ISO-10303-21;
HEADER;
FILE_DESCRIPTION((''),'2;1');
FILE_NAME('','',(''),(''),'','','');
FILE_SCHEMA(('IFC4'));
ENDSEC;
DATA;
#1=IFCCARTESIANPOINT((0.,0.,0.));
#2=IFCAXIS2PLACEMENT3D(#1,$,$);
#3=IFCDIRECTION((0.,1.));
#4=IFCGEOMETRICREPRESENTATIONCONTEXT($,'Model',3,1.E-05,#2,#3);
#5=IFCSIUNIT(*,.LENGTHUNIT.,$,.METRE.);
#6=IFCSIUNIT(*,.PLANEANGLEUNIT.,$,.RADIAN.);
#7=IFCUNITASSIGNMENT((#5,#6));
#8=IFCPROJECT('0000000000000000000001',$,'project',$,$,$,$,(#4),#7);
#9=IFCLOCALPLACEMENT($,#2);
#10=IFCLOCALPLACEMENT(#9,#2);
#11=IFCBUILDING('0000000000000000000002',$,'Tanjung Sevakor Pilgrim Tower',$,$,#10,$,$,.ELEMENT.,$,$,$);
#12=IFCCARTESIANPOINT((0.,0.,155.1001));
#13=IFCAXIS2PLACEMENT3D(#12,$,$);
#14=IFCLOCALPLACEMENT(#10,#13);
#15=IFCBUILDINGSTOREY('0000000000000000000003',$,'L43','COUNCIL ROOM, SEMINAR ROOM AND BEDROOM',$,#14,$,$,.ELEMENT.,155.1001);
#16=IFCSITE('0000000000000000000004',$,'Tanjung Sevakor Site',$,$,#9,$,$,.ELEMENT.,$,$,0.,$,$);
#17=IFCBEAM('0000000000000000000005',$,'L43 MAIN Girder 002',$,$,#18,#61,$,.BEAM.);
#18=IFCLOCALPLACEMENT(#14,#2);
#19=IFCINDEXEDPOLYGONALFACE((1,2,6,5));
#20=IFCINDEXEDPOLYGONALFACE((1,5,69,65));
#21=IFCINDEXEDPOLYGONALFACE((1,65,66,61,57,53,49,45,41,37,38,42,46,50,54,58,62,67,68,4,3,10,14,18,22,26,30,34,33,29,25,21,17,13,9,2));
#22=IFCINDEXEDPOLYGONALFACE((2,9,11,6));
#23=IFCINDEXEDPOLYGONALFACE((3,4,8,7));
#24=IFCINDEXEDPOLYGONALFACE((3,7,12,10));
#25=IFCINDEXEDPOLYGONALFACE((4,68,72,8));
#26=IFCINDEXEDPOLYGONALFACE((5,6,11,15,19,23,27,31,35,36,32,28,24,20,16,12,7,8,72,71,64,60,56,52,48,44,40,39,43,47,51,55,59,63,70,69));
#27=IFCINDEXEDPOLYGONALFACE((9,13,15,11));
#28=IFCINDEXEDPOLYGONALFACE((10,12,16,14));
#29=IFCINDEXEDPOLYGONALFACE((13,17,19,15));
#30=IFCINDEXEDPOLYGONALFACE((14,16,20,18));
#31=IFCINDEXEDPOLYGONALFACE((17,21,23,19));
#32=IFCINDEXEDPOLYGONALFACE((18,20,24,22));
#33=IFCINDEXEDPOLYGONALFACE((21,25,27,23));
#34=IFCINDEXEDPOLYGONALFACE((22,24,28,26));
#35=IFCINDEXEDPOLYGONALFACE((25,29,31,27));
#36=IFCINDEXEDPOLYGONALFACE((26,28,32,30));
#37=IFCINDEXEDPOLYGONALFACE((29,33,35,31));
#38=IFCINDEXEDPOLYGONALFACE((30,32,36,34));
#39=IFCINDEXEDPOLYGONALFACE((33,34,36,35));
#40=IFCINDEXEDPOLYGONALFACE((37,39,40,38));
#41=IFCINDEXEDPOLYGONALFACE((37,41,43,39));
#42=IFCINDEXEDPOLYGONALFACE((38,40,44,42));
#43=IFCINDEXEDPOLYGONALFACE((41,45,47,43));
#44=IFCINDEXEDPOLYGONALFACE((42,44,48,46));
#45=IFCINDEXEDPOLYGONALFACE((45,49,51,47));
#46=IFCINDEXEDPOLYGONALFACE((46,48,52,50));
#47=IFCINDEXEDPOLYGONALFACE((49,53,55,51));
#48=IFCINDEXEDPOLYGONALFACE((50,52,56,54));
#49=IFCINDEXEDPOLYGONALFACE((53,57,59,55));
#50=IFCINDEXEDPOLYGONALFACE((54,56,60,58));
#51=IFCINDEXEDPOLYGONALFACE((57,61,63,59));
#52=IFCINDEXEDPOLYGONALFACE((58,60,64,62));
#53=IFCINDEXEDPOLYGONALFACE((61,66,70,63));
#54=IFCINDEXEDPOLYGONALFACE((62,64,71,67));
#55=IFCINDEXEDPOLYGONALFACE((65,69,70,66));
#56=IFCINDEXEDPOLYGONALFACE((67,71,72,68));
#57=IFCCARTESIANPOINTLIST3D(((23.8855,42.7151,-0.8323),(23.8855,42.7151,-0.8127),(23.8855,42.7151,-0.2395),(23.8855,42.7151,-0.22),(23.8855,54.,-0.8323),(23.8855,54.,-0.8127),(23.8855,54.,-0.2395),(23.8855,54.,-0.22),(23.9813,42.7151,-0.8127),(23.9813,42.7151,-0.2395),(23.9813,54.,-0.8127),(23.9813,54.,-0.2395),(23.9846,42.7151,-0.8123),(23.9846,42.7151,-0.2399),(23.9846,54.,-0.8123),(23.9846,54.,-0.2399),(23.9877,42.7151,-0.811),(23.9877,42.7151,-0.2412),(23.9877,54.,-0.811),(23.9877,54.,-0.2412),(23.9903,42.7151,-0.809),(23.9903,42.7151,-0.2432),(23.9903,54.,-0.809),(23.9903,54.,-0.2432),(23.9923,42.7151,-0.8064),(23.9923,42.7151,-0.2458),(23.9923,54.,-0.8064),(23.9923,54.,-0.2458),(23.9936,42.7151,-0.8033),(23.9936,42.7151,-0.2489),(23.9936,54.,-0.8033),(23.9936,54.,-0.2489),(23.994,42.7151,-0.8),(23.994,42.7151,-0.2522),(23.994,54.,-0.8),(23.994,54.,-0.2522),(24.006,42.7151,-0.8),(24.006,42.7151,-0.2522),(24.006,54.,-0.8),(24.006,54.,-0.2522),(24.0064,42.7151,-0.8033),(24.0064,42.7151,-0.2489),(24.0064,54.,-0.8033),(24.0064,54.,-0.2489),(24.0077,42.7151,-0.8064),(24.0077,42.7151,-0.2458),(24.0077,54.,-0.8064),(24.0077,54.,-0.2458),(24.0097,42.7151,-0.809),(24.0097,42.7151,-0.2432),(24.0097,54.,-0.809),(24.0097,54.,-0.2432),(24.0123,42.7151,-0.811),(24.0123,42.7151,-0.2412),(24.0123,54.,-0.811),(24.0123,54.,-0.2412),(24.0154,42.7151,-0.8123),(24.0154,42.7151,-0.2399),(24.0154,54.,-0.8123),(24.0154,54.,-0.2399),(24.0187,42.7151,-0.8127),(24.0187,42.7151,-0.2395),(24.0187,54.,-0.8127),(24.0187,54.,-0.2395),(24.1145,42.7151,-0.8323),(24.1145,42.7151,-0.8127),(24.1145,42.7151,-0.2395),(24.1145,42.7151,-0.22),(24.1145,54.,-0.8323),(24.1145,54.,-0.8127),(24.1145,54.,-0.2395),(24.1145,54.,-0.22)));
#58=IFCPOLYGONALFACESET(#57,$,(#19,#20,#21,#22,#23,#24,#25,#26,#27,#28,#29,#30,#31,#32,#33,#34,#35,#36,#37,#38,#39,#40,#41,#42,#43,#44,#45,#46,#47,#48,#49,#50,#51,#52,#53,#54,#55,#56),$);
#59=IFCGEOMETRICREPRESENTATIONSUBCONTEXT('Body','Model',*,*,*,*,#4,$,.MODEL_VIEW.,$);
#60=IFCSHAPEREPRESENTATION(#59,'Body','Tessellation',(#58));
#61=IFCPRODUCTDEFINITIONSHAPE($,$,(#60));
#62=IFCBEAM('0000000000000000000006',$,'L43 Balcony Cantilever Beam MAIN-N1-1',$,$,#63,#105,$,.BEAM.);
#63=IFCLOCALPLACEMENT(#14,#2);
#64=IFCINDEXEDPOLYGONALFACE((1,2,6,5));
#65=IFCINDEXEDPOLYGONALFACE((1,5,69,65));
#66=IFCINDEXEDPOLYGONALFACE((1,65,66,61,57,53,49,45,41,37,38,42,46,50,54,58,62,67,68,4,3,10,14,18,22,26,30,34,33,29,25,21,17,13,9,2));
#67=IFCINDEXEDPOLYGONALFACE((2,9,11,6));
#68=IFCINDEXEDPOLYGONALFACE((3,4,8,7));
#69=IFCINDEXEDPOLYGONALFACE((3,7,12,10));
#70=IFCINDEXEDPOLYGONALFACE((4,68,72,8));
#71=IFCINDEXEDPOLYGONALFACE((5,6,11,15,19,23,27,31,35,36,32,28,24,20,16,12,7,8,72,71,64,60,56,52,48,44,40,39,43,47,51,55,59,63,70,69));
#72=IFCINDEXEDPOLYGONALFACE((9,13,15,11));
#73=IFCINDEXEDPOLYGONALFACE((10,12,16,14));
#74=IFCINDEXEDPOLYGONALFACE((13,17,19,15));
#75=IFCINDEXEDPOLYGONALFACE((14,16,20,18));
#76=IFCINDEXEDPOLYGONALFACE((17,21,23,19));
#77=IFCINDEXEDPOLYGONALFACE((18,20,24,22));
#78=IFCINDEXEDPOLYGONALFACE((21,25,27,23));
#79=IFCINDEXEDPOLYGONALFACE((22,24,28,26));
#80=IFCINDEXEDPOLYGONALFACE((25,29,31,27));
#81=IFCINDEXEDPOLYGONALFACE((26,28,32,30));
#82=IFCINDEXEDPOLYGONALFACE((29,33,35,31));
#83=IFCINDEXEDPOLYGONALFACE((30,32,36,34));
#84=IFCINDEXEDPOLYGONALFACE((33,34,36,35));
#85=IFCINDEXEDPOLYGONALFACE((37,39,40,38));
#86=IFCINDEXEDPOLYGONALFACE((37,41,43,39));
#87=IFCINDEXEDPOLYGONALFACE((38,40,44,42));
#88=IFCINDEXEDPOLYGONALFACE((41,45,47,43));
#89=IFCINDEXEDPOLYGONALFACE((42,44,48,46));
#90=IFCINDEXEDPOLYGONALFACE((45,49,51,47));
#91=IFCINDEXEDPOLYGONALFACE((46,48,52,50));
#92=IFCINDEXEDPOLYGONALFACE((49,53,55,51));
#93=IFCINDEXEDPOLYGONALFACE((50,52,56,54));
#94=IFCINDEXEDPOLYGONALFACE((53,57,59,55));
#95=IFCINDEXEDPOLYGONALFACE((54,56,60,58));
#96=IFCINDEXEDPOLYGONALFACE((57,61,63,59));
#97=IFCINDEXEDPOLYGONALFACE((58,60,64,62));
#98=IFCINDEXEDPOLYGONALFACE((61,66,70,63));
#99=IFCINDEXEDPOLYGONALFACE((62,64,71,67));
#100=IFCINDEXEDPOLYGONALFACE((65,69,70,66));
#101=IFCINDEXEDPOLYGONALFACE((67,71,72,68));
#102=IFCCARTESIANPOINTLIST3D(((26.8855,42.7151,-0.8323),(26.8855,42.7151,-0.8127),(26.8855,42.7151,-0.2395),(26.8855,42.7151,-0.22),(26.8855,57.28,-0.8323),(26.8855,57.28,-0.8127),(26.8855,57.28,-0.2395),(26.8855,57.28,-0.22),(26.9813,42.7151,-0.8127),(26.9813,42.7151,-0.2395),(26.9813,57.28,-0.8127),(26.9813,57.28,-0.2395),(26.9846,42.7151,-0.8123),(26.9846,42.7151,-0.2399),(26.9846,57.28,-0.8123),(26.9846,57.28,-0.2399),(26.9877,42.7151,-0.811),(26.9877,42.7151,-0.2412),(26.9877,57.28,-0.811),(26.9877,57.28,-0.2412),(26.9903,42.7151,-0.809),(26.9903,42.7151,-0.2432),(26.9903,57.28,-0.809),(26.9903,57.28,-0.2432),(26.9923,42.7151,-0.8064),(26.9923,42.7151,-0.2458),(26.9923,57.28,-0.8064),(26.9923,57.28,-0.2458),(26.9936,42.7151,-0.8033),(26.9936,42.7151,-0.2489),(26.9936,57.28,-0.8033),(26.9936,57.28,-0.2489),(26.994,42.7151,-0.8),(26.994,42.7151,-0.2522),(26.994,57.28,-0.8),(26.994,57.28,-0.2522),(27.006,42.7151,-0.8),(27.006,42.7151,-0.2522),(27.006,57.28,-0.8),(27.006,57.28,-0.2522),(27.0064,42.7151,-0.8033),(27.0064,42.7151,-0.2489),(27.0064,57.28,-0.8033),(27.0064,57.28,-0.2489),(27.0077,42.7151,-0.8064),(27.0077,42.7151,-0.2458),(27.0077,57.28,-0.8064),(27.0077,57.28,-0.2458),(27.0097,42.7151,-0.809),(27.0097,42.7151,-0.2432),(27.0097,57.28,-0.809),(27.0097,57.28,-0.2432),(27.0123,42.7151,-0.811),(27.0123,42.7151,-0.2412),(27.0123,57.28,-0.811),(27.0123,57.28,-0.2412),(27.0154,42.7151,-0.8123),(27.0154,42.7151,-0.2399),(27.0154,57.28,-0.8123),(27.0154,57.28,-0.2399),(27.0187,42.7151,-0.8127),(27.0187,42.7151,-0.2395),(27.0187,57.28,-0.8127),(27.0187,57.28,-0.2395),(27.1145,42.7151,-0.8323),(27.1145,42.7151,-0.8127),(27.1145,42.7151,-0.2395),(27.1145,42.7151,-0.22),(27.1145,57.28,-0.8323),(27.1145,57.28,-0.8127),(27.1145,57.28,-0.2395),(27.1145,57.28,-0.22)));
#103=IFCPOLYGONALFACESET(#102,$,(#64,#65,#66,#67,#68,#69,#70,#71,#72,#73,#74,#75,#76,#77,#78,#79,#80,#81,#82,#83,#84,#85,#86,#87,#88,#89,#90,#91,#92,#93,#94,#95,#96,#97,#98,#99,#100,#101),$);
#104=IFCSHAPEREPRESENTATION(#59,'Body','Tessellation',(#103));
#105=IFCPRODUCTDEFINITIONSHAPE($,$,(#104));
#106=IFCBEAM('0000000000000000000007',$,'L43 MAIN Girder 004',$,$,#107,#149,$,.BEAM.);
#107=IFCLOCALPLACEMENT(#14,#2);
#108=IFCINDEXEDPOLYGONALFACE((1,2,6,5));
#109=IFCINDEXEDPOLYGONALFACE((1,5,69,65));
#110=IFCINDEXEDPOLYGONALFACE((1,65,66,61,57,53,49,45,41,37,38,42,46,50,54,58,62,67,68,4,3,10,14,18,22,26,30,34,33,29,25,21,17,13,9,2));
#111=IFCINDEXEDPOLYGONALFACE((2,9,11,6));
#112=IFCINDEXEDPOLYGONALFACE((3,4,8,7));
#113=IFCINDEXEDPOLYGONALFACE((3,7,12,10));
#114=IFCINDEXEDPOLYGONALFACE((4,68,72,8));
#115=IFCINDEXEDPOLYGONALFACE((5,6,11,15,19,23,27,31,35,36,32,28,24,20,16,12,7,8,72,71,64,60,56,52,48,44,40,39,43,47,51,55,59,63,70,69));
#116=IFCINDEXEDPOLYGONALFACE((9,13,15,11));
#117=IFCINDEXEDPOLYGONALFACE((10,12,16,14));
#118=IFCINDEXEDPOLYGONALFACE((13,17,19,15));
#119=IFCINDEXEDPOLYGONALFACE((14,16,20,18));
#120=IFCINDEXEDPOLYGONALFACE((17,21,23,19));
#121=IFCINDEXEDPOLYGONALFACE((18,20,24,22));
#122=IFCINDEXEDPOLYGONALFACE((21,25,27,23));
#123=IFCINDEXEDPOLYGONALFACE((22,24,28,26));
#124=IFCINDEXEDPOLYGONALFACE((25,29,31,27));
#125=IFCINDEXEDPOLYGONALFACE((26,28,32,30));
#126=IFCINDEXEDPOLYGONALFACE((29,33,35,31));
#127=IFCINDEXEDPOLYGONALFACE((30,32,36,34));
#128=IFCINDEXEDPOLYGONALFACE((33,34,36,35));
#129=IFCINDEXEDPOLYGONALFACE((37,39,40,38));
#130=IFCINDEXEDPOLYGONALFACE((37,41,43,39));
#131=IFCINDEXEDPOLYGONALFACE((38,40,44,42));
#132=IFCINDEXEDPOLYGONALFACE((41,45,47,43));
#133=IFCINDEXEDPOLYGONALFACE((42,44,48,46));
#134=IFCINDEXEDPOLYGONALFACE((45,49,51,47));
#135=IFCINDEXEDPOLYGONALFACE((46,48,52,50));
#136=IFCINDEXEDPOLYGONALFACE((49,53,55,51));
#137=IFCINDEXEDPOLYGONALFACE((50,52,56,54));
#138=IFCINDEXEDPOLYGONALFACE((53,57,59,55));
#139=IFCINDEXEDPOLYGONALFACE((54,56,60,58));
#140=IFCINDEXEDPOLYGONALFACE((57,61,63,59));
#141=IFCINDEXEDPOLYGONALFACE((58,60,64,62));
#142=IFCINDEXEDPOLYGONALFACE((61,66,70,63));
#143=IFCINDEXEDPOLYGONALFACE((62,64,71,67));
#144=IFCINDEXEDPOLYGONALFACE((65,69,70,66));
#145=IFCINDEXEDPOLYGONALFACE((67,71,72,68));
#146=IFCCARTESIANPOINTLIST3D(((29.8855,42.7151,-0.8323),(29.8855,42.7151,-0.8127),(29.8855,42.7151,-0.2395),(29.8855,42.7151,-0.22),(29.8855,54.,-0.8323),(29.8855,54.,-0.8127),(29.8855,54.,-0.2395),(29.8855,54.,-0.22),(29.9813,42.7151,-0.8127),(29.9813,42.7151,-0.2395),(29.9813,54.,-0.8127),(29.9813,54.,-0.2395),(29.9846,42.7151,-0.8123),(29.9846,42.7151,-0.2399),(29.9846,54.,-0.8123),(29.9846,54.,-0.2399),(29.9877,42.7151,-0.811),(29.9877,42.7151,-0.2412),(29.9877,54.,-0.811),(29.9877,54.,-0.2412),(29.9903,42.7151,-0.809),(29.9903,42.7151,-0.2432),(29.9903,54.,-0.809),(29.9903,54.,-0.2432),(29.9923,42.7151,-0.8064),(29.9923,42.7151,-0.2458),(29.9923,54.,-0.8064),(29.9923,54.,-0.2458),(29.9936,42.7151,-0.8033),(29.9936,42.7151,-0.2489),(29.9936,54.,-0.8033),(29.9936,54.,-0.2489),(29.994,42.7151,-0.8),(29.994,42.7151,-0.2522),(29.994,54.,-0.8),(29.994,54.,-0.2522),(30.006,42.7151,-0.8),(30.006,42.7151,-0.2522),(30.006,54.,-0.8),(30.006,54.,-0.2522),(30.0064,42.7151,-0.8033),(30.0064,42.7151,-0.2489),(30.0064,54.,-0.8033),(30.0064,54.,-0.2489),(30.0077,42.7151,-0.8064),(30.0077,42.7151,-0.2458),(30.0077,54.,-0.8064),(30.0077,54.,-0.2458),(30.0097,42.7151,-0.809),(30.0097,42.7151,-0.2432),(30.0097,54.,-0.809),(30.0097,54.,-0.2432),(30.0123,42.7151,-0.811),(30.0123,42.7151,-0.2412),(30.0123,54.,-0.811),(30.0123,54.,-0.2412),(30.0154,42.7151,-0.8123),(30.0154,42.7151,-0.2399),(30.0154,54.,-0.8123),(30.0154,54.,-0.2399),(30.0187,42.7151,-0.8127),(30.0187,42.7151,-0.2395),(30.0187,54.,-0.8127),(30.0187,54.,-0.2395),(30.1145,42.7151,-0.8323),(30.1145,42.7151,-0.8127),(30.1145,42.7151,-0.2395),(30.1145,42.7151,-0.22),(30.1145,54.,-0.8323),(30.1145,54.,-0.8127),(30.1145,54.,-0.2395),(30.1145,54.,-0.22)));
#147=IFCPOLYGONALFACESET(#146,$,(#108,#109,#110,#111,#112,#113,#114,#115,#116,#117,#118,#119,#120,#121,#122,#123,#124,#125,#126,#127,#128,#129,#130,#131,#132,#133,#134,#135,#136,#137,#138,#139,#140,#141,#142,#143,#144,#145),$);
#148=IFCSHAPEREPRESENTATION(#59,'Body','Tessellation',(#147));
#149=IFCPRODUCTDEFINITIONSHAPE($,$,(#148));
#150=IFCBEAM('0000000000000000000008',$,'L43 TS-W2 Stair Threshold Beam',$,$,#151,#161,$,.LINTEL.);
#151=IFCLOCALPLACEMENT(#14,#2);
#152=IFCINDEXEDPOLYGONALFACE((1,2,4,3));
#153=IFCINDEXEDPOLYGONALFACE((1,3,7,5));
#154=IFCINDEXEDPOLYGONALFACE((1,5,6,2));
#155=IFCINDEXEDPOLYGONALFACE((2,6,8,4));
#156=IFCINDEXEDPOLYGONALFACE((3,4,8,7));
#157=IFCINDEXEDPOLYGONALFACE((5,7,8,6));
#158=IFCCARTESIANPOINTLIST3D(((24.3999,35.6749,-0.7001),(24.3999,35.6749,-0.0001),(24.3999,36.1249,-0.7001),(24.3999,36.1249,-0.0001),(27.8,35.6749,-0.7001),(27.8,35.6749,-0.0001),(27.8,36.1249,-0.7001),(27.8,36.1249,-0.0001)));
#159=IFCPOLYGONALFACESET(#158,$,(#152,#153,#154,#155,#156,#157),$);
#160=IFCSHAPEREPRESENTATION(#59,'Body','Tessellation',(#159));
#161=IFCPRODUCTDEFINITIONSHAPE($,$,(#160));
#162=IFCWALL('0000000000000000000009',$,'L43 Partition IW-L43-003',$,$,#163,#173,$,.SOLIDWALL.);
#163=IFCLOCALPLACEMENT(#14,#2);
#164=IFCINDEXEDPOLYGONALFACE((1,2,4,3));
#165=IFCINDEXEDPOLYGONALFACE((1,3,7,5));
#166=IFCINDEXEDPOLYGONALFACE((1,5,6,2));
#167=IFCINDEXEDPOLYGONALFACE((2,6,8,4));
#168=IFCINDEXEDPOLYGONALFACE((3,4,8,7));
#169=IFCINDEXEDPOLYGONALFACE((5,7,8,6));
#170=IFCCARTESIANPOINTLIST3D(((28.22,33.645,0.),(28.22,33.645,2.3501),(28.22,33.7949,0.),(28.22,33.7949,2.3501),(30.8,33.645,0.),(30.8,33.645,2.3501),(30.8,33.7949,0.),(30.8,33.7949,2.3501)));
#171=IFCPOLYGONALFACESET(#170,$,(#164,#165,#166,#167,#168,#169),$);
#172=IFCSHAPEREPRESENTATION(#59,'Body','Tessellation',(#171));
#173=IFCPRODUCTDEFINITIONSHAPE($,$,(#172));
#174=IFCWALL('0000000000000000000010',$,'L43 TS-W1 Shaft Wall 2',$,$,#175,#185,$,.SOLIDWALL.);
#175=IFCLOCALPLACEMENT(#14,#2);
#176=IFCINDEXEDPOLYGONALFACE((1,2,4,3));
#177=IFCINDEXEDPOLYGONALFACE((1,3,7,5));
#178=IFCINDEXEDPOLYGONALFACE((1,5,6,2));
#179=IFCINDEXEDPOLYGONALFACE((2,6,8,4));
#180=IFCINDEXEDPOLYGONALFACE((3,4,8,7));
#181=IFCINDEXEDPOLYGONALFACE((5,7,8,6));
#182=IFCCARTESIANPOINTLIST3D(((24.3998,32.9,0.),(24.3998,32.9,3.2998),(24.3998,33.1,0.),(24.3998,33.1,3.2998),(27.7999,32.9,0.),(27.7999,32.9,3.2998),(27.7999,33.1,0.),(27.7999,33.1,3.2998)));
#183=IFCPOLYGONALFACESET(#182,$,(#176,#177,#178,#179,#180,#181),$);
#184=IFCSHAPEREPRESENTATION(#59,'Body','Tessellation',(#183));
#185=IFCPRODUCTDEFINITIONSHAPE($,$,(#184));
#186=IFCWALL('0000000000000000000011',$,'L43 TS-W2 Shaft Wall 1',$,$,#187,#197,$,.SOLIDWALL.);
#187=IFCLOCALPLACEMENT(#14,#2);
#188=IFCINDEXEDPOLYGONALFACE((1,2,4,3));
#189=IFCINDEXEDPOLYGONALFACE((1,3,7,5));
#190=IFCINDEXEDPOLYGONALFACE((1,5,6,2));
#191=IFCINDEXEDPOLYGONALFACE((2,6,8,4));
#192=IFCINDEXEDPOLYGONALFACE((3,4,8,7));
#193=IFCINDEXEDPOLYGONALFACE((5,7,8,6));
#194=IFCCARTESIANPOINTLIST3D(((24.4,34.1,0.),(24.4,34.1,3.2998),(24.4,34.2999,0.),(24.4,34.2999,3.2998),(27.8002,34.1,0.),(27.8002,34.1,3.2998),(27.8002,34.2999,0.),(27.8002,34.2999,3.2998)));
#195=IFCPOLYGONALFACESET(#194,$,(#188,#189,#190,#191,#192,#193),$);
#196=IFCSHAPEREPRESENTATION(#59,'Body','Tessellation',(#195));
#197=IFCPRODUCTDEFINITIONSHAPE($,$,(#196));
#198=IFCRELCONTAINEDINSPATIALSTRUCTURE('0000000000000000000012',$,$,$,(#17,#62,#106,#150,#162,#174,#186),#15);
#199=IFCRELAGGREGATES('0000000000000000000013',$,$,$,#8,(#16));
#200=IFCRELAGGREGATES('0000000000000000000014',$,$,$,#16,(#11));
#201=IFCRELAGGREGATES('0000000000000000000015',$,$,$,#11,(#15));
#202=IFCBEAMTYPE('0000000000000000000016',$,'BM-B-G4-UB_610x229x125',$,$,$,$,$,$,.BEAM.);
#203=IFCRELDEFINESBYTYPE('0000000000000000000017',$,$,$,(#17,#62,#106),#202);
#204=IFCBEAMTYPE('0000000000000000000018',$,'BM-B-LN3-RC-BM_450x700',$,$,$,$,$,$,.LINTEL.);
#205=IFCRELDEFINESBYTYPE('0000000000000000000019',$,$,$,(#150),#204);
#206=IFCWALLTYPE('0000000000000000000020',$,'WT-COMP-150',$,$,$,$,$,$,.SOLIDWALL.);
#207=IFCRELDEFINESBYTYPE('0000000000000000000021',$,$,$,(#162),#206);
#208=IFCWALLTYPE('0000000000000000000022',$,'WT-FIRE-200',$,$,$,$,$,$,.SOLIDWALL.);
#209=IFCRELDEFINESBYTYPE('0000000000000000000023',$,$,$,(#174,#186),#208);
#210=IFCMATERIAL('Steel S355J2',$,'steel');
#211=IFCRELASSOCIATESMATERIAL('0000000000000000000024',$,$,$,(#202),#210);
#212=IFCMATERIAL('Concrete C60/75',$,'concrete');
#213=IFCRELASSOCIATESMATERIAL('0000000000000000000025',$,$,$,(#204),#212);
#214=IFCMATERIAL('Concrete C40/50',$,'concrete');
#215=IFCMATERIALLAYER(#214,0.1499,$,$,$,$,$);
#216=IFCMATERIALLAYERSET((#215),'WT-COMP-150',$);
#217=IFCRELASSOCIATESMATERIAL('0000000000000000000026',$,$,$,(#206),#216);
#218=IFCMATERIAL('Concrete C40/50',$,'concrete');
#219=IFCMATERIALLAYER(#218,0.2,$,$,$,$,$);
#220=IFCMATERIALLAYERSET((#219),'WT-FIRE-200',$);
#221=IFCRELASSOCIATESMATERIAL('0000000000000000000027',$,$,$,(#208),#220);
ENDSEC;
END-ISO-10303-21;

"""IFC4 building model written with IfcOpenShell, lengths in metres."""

from ifc_helpers import new_model, si_unit, direction, frame, frame_2d, origin, origin_2d, place, context, subcontext, project, spatial, rectangle, i_section, extrude, material, layer, layer_set, material_profile, profile_set, type_object, element, save


model = new_model("IFC4")

# Units and contexts
model_context = context("Model", 3, precision=1e-05, world=origin(), true_north=direction((0.0, 1.0)))
body_context = subcontext(model_context, "Body", "Model", "MODEL_VIEW")
ifc_project = project(units=[si_unit("LENGTHUNIT", "METRE"), si_unit("PLANEANGLEUNIT", "RADIAN")], contexts=[model_context])

# Site, building, storey
site_placement = place(None, origin())
site = spatial("IfcSite", under=ifc_project, at=site_placement, Name="Tanjung Sevakor Site", CompositionType="ELEMENT", RefElevation=0.0)
building_placement = place(site_placement, origin())
building = spatial("IfcBuilding", under=site, at=building_placement, Name="Tanjung Sevakor Pilgrim Tower", CompositionType="ELEMENT")
storey_placement = place(building_placement, frame((0.0, 0.0, 155.1001)))
storey = spatial("IfcBuildingStorey", under=building, at=storey_placement, Name="L43", Description="COUNCIL ROOM, SEMINAR ROOM AND BEDROOM", CompositionType="ELEMENT", Elevation=155.1001)

# Beams
ifc_material_1 = material(Name="Steel S355J2", Category="steel")
ifc_material_profile_1 = material_profile(ifc_material_1, i_section(OverallWidth=0.229, OverallDepth=0.6123, WebThickness=0.012, FlangeThickness=0.0195, FilletRadius=0.0127, at=origin_2d()))
ifc_profile_set_1 = profile_set([ifc_material_profile_1], Name="Steel S355J2")
beam_type_1 = type_object("IfcBeamType", Name="BM-B-G4-UB_610x229x125", PredefinedType="BEAM", material=ifc_profile_set_1)
beam_1_placement = place(storey_placement, frame((24.0, 42.7151, -0.5261), z_axis=(0.0, 1.0, 0.0), x_axis=(-1.0, 0.0, 0.0)))
element("IfcBeam", 1, at=beam_1_placement, inside=storey, type_object=beam_type_1, Name="L43 MAIN Girder 002", PredefinedType="BEAM", context=body_context, shape_type="SweptSolid", body=[
    extrude(i_section(OverallWidth=0.229, OverallDepth=0.6123, WebThickness=0.012, FlangeThickness=0.0195, FilletRadius=0.0127, at=origin_2d()), origin(), (0.0, 0.0, 1.0), 11.2849),
])
beam_2_placement = place(storey_placement, frame((27.0, 42.7151, -0.5261), z_axis=(0.0, 1.0, 0.0), x_axis=(-1.0, 0.0, 0.0)))
element("IfcBeam", 2, at=beam_2_placement, inside=storey, type_object=beam_type_1, Name="L43 Balcony Cantilever Beam MAIN-N1-1", PredefinedType="BEAM", context=body_context, shape_type="SweptSolid", body=[
    extrude(i_section(OverallWidth=0.229, OverallDepth=0.6123, WebThickness=0.012, FlangeThickness=0.0195, FilletRadius=0.0127, at=origin_2d()), origin(), (0.0, 0.0, 1.0), 14.5649),
])
beam_3_placement = place(storey_placement, frame((30.0, 42.7151, -0.5261), z_axis=(0.0, 1.0, 0.0), x_axis=(-1.0, 0.0, 0.0)))
element("IfcBeam", 3, at=beam_3_placement, inside=storey, type_object=beam_type_1, Name="L43 MAIN Girder 004", PredefinedType="BEAM", context=body_context, shape_type="SweptSolid", body=[
    extrude(i_section(OverallWidth=0.229, OverallDepth=0.6123, WebThickness=0.012, FlangeThickness=0.0195, FilletRadius=0.0127, at=origin_2d()), origin(), (0.0, 0.0, 1.0), 11.2849),
])
ifc_material_2 = material(Name="Concrete C60/75", Category="concrete")
ifc_material_profile_2 = material_profile(ifc_material_2, rectangle(XDim=0.45, YDim=0.7, at=origin_2d()))
ifc_profile_set_2 = profile_set([ifc_material_profile_2], Name="Concrete C60/75")
beam_type_2 = type_object("IfcBeamType", Name="BM-B-LN3-RC-BM_450x700", PredefinedType="LINTEL", material=ifc_profile_set_2)
beam_4_placement = place(storey_placement, frame((24.3999, 35.8999, -0.3501), z_axis=(1.0, 0.0, 0.0), x_axis=(0.0, 1.0, 0.0)))
element("IfcBeam", 4, at=beam_4_placement, inside=storey, type_object=beam_type_2, Name="L43 TS-W2 Stair Threshold Beam", PredefinedType="LINTEL", context=body_context, shape_type="SweptSolid", body=[
    extrude(rectangle(XDim=0.45, YDim=0.7, at=origin_2d()), origin(), (0.0, 0.0, 1.0), 3.4001),
])

# Wall
ifc_material_3 = material(Name="Concrete C40/50", Category="concrete")
ifc_layer_1 = layer(ifc_material_3, 0.1499)
ifc_layer_set_1 = layer_set([ifc_layer_1], Name="WT-COMP-150")
wall_type_1 = type_object("IfcWallType", Name="WT-COMP-150", PredefinedType="SOLIDWALL", material=ifc_layer_set_1)
wall_1_placement = place(storey_placement, frame((28.22, 33.72, 0.0), z_axis=(0.0, 0.0, 1.0), x_axis=(1.0, 0.0, 0.0)))
element("IfcWall", 5, at=wall_1_placement, inside=storey, type_object=wall_type_1, Name="L43 Partition IW-L43-003", PredefinedType="SOLIDWALL", context=body_context, shape_type="SweptSolid", body=[
    extrude(rectangle(XDim=2.5801, YDim=0.1499, at=frame_2d((1.29, 0.0))), origin(), (0.0, 0.0, 1.0), 2.3501),
])

# Walls
ifc_material_4 = material(Name="Concrete C40/50", Category="concrete")
ifc_layer_2 = layer(ifc_material_4, 0.2)
ifc_layer_set_2 = layer_set([ifc_layer_2], Name="WT-FIRE-200")
wall_type_2 = type_object("IfcWallType", Name="WT-FIRE-200", PredefinedType="SOLIDWALL", material=ifc_layer_set_2)
for number, where, z_axis, x_axis, name in (
    (6, (27.8, 33.0, 0.0), (0.0, 0.0, 1.0), (-1.0, 0.0, 0.0), "L43 TS-W1 Shaft Wall 2"),
    (7, (24.3999, 34.2, 0.0), (0.0, 0.0, 1.0), (1.0, 0.0, 0.0), "L43 TS-W2 Shaft Wall 1"),
):
    element("IfcWall", number, at=place(storey_placement, frame(where, z_axis=z_axis, x_axis=x_axis)), inside=storey, type_object=wall_type_2, Name=name, PredefinedType="SOLIDWALL", context=body_context, shape_type="SweptSolid", body=[
        extrude(rectangle(XDim=3.4001, YDim=0.2, at=frame_2d((1.7002, 0.0))), origin(), (0.0, 0.0, 1.0), 3.2998),
    ])

save(model, "model.ifc")
